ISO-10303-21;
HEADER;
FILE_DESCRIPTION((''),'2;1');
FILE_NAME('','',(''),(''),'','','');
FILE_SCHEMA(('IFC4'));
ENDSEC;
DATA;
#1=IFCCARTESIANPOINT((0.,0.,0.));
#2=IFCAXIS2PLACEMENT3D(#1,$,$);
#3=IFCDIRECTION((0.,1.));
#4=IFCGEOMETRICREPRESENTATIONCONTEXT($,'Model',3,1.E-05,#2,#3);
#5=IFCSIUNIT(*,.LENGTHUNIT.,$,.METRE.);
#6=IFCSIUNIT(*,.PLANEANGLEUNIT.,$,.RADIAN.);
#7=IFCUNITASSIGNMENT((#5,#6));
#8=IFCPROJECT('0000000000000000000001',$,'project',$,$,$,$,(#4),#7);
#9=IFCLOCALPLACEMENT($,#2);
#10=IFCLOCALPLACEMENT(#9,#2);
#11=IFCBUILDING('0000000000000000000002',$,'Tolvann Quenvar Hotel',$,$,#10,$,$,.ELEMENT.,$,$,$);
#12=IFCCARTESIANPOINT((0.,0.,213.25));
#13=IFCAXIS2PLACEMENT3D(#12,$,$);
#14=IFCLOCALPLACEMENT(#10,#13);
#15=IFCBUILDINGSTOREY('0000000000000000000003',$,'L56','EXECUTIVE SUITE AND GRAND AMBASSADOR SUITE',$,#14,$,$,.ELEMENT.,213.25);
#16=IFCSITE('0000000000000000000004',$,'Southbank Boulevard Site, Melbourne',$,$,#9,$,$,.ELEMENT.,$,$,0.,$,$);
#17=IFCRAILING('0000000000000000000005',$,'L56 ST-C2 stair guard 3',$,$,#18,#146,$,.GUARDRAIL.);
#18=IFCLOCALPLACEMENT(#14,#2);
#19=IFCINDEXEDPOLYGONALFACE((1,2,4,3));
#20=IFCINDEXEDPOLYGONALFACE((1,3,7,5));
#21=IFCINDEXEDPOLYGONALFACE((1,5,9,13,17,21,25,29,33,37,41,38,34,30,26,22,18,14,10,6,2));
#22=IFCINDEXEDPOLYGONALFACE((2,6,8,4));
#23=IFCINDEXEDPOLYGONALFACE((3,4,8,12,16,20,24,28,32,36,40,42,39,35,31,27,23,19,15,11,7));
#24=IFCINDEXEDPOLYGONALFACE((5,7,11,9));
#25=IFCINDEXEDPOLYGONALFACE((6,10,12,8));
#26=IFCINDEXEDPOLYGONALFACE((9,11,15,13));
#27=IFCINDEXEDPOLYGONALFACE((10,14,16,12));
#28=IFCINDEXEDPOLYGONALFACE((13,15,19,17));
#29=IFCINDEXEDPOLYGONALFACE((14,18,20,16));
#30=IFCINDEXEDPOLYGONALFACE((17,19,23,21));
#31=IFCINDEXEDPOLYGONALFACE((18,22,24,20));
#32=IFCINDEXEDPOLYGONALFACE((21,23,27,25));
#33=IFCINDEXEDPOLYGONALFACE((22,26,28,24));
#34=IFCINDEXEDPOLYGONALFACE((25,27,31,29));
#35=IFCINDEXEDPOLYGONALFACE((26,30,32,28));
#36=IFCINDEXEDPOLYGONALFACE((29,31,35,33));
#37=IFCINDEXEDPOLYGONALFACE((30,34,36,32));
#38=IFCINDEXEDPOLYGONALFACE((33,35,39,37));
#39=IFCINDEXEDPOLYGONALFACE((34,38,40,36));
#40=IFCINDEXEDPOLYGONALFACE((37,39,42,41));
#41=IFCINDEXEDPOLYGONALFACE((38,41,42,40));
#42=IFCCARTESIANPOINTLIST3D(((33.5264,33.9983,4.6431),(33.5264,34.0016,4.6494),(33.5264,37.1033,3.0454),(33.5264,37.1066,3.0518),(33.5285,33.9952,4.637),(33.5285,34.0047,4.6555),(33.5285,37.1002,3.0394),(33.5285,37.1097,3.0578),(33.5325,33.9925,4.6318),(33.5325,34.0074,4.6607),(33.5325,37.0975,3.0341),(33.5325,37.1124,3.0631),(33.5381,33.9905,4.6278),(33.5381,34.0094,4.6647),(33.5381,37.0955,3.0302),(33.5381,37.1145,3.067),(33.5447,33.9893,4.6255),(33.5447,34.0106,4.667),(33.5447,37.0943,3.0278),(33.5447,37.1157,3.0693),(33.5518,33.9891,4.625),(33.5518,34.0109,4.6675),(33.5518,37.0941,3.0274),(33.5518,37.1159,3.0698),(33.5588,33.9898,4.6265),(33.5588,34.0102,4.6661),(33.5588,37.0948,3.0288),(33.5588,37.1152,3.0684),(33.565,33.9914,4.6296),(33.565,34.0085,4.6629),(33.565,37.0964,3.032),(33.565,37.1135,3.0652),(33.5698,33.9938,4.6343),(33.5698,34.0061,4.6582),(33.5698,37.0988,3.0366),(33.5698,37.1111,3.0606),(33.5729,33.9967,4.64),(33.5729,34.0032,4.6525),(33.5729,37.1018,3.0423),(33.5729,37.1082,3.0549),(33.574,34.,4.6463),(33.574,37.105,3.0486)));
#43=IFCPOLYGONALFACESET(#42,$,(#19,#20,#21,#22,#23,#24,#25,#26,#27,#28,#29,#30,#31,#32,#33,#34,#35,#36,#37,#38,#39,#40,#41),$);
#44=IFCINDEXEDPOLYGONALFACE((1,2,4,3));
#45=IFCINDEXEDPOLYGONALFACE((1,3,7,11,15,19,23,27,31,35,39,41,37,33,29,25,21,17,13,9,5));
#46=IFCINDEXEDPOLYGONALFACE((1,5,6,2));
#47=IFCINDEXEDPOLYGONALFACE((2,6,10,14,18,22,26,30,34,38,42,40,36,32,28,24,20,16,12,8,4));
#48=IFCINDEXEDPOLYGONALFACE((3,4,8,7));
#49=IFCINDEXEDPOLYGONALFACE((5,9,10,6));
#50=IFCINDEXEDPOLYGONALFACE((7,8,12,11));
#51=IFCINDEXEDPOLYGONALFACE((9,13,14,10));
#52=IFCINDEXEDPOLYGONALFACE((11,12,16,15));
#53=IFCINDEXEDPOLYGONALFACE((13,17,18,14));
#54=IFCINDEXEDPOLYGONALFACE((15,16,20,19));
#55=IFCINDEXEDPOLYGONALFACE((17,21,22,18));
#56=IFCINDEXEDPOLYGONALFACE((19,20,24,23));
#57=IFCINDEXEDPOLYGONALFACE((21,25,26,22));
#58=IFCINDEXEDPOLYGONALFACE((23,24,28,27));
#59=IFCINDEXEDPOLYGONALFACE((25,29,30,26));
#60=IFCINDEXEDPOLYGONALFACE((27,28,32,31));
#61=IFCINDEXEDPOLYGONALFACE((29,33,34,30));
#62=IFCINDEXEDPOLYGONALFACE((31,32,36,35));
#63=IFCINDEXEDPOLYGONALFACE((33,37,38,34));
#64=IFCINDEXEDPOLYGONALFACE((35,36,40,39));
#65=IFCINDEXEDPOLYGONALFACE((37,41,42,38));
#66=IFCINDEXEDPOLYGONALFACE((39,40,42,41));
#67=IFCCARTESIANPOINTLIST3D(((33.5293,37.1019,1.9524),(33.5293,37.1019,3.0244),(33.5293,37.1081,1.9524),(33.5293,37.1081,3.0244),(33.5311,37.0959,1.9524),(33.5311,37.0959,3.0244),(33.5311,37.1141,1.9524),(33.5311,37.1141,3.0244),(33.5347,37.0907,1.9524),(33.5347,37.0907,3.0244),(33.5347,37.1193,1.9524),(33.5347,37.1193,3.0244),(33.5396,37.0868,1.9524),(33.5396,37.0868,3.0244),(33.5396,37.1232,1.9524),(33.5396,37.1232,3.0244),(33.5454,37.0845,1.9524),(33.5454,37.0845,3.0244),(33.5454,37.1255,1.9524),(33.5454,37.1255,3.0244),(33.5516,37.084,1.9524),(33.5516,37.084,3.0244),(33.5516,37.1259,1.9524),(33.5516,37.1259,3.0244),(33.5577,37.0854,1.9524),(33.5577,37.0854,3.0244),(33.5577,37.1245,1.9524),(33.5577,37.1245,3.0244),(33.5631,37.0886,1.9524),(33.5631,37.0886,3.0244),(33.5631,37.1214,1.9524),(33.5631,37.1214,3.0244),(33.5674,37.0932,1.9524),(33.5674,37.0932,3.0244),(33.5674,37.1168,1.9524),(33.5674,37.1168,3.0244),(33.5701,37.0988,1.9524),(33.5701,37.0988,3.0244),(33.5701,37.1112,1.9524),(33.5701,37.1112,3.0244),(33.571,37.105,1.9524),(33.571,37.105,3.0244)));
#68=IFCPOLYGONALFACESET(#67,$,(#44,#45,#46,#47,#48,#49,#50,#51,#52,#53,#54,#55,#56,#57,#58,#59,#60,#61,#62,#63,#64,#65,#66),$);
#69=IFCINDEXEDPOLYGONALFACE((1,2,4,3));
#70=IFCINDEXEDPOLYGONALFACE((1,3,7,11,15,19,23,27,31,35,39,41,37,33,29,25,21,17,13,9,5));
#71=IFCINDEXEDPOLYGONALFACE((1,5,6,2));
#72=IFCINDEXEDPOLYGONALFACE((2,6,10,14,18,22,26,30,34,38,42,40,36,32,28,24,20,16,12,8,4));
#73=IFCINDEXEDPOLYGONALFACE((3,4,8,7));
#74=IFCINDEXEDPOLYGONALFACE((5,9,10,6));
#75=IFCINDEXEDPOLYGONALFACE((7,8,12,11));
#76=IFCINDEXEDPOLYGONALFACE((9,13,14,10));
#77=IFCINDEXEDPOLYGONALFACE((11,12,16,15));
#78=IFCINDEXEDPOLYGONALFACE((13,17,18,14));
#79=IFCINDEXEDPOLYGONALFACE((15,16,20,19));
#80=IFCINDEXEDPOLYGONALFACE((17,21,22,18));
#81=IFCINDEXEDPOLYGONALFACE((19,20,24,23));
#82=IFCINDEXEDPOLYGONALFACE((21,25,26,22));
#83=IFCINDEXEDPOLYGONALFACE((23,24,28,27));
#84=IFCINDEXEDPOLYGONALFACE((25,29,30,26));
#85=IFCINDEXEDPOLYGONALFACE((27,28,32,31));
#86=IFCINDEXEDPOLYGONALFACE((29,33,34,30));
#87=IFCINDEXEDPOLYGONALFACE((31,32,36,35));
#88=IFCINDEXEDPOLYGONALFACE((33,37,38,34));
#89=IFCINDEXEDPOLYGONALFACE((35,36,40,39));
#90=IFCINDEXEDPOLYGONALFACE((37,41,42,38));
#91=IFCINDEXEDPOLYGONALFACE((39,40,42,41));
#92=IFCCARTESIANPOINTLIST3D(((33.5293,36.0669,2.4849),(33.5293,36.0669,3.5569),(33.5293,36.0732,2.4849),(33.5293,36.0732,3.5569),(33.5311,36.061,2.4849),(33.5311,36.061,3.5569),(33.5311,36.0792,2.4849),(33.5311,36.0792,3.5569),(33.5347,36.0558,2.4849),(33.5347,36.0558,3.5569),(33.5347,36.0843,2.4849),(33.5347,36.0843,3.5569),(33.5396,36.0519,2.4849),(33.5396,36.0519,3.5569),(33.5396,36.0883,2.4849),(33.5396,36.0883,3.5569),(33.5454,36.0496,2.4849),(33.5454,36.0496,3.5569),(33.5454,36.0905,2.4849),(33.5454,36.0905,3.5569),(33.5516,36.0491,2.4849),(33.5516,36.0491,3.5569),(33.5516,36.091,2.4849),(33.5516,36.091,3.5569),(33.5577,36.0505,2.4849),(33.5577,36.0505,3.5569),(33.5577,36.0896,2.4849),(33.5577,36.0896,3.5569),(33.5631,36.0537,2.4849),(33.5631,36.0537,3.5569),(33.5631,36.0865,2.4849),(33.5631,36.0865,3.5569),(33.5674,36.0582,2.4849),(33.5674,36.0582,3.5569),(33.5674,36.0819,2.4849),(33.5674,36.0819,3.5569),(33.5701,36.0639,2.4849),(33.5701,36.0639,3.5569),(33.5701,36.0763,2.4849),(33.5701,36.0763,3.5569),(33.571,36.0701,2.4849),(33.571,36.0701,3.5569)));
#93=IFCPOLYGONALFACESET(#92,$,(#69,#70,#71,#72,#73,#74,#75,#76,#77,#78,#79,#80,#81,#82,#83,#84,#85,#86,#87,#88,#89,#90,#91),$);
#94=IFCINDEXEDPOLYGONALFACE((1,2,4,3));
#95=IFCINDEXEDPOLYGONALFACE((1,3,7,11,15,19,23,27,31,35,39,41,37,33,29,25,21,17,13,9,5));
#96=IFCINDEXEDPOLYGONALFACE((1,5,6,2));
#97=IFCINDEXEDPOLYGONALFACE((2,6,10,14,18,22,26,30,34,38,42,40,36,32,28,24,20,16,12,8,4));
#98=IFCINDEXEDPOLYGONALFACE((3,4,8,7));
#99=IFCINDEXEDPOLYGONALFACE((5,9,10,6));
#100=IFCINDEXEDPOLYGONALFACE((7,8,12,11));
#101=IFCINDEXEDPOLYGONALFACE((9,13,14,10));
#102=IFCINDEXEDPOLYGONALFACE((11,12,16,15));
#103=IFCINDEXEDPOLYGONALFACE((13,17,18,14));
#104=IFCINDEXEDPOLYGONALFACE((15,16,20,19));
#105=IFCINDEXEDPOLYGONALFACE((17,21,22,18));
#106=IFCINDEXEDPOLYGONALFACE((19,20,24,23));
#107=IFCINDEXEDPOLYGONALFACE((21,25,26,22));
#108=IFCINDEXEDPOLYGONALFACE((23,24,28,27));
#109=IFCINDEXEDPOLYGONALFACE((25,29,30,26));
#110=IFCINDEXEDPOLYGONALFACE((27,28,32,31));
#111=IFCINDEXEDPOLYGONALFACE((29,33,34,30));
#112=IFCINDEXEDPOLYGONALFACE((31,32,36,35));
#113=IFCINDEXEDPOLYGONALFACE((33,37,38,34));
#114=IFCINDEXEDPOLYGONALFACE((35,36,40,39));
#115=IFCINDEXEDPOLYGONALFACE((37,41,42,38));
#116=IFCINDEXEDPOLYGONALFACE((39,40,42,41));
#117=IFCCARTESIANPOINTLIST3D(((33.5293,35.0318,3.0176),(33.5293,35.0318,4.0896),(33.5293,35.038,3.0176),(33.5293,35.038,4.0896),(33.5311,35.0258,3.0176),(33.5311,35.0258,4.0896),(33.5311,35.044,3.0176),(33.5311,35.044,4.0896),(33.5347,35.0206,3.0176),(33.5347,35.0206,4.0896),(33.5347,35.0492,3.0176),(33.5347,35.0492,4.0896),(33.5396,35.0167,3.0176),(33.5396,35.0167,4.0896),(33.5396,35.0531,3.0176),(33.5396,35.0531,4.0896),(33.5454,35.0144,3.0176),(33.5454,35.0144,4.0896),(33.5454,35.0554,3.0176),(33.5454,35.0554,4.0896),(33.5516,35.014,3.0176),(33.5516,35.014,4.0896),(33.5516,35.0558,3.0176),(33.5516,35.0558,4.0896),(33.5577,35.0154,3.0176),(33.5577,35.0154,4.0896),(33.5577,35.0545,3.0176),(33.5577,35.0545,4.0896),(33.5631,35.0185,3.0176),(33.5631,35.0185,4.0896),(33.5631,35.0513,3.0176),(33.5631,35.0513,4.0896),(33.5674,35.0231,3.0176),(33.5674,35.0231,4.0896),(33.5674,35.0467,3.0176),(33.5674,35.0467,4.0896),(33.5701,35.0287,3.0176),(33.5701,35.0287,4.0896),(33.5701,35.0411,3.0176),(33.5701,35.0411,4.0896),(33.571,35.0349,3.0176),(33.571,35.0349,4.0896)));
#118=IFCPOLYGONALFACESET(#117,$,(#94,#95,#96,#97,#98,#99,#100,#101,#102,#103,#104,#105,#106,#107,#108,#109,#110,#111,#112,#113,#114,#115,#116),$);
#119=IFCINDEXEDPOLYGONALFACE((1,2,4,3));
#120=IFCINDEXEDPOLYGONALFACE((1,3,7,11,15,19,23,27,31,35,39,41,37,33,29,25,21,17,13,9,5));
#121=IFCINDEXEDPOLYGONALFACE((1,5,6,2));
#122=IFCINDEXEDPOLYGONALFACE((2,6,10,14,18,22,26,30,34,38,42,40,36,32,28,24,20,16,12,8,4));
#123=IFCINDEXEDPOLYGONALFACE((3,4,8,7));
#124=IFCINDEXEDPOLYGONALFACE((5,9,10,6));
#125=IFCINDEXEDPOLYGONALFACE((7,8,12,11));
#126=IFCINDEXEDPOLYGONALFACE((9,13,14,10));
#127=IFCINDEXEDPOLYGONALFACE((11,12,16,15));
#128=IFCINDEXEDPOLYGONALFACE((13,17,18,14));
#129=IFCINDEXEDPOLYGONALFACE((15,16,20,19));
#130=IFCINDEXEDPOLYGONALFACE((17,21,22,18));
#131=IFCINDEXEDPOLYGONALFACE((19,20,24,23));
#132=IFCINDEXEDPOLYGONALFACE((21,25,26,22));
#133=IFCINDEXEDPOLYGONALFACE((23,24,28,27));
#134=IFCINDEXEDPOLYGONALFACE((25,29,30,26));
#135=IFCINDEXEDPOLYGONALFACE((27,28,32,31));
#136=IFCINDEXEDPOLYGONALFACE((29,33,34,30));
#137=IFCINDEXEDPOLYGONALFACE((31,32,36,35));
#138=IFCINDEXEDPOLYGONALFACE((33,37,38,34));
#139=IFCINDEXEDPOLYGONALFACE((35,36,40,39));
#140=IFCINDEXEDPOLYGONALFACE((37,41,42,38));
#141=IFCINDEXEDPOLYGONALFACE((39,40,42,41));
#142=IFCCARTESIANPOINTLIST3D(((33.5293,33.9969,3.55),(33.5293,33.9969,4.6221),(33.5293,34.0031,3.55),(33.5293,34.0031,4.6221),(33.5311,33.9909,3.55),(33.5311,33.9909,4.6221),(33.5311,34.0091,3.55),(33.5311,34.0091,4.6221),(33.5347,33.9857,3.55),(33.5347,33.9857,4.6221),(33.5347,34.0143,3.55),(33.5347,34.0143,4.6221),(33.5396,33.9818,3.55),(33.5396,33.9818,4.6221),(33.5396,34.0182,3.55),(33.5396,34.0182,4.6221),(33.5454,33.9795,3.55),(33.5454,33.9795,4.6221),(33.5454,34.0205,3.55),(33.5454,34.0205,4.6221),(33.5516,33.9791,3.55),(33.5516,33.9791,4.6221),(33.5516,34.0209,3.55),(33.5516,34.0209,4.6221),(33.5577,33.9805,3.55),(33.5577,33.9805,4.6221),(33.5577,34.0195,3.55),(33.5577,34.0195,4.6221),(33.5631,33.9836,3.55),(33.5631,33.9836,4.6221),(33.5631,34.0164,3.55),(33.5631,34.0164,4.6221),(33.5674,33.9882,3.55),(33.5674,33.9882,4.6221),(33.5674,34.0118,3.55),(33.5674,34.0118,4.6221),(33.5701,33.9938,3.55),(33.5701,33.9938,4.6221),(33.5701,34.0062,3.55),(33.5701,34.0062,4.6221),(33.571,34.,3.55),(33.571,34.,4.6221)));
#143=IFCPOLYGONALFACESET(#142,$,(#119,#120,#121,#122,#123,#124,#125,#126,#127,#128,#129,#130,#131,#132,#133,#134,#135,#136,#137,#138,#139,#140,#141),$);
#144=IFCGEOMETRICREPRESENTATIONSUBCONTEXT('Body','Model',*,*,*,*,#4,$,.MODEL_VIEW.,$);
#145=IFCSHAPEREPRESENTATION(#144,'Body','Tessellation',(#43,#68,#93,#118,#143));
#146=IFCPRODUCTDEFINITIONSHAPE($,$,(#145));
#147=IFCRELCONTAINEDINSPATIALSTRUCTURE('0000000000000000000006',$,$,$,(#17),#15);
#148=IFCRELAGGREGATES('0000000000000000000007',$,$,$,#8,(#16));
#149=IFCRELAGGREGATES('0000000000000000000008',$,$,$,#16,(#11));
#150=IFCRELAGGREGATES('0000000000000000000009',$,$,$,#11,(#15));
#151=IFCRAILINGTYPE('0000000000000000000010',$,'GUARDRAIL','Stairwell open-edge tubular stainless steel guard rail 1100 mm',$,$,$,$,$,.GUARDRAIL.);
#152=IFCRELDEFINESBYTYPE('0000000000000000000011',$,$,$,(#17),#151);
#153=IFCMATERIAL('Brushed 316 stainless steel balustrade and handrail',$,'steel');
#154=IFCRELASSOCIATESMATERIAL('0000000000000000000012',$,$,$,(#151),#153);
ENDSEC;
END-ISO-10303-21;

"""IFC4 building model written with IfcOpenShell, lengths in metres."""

from ifc_helpers import new_model, si_unit, direction, frame, origin, origin_2d, place, context, subcontext, project, spatial, circle, extrude, material, type_object, element, save


model = new_model("IFC4")

# Units and contexts
model_context = context("Model", 3, precision=1e-05, world=origin(), true_north=direction((0.0, 1.0)))
body_context = subcontext(model_context, "Body", "Model", "MODEL_VIEW")
ifc_project = project(units=[si_unit("LENGTHUNIT", "METRE"), si_unit("PLANEANGLEUNIT", "RADIAN")], contexts=[model_context])

# Site, building, storey
site_placement = place(None, origin())
site = spatial("IfcSite", under=ifc_project, at=site_placement, Name="Southbank Boulevard Site, Melbourne", CompositionType="ELEMENT", RefElevation=0.0)
building_placement = place(site_placement, origin())
building = spatial("IfcBuilding", under=site, at=building_placement, Name="Tolvann Quenvar Hotel", CompositionType="ELEMENT")
storey_placement = place(building_placement, frame((0.0, 0.0, 213.25)))
storey = spatial("IfcBuildingStorey", under=building, at=storey_placement, Name="L56", Description="EXECUTIVE SUITE AND GRAND AMBASSADOR SUITE", CompositionType="ELEMENT", Elevation=213.25)

# Railing
ifc_material_1 = material(Name="Brushed 316 stainless steel balustrade and handrail", Category="steel")
railing_type_1 = type_object("IfcRailingType", Name="GUARDRAIL", Description="Stairwell open-edge tubular stainless steel guard rail 1100 mm", PredefinedType="GUARDRAIL", material=ifc_material_1)
railing_1_placement = place(storey_placement, frame((33.55, 37.105, 1.9524)))
element("IfcRailing", 1, at=railing_1_placement, inside=storey, type_object=railing_type_1, Name="L56 ST-C2 stair guard 3", PredefinedType="GUARDRAIL", context=body_context, shape_type="SweptSolid", body=[
    extrude(circle(Radius=0.0239, at=origin_2d()), frame((0.0, 0.0, 1.0962), z_axis=(0.0, -0.889194, 0.457531), x_axis=(1.0, 0.0, 0.0)), (0.0, 0.0, 1.0), 3.4919),
    extrude(circle(Radius=0.021, at=origin_2d()), origin(), (0.0, 0.0, 1.0), 1.072),
    extrude(circle(Radius=0.021, at=origin_2d()), frame((0.0, -1.0349, 0.5325)), (0.0, 0.0, 1.0), 1.072),
    extrude(circle(Radius=0.021, at=origin_2d()), frame((0.0, -2.0701, 1.0652)), (0.0, 0.0, 1.0), 1.072),
    extrude(circle(Radius=0.021, at=origin_2d()), frame((0.0, -3.105, 1.5977)), (0.0, 0.0, 1.0), 1.072),
])

save(model, "model.ifc")
